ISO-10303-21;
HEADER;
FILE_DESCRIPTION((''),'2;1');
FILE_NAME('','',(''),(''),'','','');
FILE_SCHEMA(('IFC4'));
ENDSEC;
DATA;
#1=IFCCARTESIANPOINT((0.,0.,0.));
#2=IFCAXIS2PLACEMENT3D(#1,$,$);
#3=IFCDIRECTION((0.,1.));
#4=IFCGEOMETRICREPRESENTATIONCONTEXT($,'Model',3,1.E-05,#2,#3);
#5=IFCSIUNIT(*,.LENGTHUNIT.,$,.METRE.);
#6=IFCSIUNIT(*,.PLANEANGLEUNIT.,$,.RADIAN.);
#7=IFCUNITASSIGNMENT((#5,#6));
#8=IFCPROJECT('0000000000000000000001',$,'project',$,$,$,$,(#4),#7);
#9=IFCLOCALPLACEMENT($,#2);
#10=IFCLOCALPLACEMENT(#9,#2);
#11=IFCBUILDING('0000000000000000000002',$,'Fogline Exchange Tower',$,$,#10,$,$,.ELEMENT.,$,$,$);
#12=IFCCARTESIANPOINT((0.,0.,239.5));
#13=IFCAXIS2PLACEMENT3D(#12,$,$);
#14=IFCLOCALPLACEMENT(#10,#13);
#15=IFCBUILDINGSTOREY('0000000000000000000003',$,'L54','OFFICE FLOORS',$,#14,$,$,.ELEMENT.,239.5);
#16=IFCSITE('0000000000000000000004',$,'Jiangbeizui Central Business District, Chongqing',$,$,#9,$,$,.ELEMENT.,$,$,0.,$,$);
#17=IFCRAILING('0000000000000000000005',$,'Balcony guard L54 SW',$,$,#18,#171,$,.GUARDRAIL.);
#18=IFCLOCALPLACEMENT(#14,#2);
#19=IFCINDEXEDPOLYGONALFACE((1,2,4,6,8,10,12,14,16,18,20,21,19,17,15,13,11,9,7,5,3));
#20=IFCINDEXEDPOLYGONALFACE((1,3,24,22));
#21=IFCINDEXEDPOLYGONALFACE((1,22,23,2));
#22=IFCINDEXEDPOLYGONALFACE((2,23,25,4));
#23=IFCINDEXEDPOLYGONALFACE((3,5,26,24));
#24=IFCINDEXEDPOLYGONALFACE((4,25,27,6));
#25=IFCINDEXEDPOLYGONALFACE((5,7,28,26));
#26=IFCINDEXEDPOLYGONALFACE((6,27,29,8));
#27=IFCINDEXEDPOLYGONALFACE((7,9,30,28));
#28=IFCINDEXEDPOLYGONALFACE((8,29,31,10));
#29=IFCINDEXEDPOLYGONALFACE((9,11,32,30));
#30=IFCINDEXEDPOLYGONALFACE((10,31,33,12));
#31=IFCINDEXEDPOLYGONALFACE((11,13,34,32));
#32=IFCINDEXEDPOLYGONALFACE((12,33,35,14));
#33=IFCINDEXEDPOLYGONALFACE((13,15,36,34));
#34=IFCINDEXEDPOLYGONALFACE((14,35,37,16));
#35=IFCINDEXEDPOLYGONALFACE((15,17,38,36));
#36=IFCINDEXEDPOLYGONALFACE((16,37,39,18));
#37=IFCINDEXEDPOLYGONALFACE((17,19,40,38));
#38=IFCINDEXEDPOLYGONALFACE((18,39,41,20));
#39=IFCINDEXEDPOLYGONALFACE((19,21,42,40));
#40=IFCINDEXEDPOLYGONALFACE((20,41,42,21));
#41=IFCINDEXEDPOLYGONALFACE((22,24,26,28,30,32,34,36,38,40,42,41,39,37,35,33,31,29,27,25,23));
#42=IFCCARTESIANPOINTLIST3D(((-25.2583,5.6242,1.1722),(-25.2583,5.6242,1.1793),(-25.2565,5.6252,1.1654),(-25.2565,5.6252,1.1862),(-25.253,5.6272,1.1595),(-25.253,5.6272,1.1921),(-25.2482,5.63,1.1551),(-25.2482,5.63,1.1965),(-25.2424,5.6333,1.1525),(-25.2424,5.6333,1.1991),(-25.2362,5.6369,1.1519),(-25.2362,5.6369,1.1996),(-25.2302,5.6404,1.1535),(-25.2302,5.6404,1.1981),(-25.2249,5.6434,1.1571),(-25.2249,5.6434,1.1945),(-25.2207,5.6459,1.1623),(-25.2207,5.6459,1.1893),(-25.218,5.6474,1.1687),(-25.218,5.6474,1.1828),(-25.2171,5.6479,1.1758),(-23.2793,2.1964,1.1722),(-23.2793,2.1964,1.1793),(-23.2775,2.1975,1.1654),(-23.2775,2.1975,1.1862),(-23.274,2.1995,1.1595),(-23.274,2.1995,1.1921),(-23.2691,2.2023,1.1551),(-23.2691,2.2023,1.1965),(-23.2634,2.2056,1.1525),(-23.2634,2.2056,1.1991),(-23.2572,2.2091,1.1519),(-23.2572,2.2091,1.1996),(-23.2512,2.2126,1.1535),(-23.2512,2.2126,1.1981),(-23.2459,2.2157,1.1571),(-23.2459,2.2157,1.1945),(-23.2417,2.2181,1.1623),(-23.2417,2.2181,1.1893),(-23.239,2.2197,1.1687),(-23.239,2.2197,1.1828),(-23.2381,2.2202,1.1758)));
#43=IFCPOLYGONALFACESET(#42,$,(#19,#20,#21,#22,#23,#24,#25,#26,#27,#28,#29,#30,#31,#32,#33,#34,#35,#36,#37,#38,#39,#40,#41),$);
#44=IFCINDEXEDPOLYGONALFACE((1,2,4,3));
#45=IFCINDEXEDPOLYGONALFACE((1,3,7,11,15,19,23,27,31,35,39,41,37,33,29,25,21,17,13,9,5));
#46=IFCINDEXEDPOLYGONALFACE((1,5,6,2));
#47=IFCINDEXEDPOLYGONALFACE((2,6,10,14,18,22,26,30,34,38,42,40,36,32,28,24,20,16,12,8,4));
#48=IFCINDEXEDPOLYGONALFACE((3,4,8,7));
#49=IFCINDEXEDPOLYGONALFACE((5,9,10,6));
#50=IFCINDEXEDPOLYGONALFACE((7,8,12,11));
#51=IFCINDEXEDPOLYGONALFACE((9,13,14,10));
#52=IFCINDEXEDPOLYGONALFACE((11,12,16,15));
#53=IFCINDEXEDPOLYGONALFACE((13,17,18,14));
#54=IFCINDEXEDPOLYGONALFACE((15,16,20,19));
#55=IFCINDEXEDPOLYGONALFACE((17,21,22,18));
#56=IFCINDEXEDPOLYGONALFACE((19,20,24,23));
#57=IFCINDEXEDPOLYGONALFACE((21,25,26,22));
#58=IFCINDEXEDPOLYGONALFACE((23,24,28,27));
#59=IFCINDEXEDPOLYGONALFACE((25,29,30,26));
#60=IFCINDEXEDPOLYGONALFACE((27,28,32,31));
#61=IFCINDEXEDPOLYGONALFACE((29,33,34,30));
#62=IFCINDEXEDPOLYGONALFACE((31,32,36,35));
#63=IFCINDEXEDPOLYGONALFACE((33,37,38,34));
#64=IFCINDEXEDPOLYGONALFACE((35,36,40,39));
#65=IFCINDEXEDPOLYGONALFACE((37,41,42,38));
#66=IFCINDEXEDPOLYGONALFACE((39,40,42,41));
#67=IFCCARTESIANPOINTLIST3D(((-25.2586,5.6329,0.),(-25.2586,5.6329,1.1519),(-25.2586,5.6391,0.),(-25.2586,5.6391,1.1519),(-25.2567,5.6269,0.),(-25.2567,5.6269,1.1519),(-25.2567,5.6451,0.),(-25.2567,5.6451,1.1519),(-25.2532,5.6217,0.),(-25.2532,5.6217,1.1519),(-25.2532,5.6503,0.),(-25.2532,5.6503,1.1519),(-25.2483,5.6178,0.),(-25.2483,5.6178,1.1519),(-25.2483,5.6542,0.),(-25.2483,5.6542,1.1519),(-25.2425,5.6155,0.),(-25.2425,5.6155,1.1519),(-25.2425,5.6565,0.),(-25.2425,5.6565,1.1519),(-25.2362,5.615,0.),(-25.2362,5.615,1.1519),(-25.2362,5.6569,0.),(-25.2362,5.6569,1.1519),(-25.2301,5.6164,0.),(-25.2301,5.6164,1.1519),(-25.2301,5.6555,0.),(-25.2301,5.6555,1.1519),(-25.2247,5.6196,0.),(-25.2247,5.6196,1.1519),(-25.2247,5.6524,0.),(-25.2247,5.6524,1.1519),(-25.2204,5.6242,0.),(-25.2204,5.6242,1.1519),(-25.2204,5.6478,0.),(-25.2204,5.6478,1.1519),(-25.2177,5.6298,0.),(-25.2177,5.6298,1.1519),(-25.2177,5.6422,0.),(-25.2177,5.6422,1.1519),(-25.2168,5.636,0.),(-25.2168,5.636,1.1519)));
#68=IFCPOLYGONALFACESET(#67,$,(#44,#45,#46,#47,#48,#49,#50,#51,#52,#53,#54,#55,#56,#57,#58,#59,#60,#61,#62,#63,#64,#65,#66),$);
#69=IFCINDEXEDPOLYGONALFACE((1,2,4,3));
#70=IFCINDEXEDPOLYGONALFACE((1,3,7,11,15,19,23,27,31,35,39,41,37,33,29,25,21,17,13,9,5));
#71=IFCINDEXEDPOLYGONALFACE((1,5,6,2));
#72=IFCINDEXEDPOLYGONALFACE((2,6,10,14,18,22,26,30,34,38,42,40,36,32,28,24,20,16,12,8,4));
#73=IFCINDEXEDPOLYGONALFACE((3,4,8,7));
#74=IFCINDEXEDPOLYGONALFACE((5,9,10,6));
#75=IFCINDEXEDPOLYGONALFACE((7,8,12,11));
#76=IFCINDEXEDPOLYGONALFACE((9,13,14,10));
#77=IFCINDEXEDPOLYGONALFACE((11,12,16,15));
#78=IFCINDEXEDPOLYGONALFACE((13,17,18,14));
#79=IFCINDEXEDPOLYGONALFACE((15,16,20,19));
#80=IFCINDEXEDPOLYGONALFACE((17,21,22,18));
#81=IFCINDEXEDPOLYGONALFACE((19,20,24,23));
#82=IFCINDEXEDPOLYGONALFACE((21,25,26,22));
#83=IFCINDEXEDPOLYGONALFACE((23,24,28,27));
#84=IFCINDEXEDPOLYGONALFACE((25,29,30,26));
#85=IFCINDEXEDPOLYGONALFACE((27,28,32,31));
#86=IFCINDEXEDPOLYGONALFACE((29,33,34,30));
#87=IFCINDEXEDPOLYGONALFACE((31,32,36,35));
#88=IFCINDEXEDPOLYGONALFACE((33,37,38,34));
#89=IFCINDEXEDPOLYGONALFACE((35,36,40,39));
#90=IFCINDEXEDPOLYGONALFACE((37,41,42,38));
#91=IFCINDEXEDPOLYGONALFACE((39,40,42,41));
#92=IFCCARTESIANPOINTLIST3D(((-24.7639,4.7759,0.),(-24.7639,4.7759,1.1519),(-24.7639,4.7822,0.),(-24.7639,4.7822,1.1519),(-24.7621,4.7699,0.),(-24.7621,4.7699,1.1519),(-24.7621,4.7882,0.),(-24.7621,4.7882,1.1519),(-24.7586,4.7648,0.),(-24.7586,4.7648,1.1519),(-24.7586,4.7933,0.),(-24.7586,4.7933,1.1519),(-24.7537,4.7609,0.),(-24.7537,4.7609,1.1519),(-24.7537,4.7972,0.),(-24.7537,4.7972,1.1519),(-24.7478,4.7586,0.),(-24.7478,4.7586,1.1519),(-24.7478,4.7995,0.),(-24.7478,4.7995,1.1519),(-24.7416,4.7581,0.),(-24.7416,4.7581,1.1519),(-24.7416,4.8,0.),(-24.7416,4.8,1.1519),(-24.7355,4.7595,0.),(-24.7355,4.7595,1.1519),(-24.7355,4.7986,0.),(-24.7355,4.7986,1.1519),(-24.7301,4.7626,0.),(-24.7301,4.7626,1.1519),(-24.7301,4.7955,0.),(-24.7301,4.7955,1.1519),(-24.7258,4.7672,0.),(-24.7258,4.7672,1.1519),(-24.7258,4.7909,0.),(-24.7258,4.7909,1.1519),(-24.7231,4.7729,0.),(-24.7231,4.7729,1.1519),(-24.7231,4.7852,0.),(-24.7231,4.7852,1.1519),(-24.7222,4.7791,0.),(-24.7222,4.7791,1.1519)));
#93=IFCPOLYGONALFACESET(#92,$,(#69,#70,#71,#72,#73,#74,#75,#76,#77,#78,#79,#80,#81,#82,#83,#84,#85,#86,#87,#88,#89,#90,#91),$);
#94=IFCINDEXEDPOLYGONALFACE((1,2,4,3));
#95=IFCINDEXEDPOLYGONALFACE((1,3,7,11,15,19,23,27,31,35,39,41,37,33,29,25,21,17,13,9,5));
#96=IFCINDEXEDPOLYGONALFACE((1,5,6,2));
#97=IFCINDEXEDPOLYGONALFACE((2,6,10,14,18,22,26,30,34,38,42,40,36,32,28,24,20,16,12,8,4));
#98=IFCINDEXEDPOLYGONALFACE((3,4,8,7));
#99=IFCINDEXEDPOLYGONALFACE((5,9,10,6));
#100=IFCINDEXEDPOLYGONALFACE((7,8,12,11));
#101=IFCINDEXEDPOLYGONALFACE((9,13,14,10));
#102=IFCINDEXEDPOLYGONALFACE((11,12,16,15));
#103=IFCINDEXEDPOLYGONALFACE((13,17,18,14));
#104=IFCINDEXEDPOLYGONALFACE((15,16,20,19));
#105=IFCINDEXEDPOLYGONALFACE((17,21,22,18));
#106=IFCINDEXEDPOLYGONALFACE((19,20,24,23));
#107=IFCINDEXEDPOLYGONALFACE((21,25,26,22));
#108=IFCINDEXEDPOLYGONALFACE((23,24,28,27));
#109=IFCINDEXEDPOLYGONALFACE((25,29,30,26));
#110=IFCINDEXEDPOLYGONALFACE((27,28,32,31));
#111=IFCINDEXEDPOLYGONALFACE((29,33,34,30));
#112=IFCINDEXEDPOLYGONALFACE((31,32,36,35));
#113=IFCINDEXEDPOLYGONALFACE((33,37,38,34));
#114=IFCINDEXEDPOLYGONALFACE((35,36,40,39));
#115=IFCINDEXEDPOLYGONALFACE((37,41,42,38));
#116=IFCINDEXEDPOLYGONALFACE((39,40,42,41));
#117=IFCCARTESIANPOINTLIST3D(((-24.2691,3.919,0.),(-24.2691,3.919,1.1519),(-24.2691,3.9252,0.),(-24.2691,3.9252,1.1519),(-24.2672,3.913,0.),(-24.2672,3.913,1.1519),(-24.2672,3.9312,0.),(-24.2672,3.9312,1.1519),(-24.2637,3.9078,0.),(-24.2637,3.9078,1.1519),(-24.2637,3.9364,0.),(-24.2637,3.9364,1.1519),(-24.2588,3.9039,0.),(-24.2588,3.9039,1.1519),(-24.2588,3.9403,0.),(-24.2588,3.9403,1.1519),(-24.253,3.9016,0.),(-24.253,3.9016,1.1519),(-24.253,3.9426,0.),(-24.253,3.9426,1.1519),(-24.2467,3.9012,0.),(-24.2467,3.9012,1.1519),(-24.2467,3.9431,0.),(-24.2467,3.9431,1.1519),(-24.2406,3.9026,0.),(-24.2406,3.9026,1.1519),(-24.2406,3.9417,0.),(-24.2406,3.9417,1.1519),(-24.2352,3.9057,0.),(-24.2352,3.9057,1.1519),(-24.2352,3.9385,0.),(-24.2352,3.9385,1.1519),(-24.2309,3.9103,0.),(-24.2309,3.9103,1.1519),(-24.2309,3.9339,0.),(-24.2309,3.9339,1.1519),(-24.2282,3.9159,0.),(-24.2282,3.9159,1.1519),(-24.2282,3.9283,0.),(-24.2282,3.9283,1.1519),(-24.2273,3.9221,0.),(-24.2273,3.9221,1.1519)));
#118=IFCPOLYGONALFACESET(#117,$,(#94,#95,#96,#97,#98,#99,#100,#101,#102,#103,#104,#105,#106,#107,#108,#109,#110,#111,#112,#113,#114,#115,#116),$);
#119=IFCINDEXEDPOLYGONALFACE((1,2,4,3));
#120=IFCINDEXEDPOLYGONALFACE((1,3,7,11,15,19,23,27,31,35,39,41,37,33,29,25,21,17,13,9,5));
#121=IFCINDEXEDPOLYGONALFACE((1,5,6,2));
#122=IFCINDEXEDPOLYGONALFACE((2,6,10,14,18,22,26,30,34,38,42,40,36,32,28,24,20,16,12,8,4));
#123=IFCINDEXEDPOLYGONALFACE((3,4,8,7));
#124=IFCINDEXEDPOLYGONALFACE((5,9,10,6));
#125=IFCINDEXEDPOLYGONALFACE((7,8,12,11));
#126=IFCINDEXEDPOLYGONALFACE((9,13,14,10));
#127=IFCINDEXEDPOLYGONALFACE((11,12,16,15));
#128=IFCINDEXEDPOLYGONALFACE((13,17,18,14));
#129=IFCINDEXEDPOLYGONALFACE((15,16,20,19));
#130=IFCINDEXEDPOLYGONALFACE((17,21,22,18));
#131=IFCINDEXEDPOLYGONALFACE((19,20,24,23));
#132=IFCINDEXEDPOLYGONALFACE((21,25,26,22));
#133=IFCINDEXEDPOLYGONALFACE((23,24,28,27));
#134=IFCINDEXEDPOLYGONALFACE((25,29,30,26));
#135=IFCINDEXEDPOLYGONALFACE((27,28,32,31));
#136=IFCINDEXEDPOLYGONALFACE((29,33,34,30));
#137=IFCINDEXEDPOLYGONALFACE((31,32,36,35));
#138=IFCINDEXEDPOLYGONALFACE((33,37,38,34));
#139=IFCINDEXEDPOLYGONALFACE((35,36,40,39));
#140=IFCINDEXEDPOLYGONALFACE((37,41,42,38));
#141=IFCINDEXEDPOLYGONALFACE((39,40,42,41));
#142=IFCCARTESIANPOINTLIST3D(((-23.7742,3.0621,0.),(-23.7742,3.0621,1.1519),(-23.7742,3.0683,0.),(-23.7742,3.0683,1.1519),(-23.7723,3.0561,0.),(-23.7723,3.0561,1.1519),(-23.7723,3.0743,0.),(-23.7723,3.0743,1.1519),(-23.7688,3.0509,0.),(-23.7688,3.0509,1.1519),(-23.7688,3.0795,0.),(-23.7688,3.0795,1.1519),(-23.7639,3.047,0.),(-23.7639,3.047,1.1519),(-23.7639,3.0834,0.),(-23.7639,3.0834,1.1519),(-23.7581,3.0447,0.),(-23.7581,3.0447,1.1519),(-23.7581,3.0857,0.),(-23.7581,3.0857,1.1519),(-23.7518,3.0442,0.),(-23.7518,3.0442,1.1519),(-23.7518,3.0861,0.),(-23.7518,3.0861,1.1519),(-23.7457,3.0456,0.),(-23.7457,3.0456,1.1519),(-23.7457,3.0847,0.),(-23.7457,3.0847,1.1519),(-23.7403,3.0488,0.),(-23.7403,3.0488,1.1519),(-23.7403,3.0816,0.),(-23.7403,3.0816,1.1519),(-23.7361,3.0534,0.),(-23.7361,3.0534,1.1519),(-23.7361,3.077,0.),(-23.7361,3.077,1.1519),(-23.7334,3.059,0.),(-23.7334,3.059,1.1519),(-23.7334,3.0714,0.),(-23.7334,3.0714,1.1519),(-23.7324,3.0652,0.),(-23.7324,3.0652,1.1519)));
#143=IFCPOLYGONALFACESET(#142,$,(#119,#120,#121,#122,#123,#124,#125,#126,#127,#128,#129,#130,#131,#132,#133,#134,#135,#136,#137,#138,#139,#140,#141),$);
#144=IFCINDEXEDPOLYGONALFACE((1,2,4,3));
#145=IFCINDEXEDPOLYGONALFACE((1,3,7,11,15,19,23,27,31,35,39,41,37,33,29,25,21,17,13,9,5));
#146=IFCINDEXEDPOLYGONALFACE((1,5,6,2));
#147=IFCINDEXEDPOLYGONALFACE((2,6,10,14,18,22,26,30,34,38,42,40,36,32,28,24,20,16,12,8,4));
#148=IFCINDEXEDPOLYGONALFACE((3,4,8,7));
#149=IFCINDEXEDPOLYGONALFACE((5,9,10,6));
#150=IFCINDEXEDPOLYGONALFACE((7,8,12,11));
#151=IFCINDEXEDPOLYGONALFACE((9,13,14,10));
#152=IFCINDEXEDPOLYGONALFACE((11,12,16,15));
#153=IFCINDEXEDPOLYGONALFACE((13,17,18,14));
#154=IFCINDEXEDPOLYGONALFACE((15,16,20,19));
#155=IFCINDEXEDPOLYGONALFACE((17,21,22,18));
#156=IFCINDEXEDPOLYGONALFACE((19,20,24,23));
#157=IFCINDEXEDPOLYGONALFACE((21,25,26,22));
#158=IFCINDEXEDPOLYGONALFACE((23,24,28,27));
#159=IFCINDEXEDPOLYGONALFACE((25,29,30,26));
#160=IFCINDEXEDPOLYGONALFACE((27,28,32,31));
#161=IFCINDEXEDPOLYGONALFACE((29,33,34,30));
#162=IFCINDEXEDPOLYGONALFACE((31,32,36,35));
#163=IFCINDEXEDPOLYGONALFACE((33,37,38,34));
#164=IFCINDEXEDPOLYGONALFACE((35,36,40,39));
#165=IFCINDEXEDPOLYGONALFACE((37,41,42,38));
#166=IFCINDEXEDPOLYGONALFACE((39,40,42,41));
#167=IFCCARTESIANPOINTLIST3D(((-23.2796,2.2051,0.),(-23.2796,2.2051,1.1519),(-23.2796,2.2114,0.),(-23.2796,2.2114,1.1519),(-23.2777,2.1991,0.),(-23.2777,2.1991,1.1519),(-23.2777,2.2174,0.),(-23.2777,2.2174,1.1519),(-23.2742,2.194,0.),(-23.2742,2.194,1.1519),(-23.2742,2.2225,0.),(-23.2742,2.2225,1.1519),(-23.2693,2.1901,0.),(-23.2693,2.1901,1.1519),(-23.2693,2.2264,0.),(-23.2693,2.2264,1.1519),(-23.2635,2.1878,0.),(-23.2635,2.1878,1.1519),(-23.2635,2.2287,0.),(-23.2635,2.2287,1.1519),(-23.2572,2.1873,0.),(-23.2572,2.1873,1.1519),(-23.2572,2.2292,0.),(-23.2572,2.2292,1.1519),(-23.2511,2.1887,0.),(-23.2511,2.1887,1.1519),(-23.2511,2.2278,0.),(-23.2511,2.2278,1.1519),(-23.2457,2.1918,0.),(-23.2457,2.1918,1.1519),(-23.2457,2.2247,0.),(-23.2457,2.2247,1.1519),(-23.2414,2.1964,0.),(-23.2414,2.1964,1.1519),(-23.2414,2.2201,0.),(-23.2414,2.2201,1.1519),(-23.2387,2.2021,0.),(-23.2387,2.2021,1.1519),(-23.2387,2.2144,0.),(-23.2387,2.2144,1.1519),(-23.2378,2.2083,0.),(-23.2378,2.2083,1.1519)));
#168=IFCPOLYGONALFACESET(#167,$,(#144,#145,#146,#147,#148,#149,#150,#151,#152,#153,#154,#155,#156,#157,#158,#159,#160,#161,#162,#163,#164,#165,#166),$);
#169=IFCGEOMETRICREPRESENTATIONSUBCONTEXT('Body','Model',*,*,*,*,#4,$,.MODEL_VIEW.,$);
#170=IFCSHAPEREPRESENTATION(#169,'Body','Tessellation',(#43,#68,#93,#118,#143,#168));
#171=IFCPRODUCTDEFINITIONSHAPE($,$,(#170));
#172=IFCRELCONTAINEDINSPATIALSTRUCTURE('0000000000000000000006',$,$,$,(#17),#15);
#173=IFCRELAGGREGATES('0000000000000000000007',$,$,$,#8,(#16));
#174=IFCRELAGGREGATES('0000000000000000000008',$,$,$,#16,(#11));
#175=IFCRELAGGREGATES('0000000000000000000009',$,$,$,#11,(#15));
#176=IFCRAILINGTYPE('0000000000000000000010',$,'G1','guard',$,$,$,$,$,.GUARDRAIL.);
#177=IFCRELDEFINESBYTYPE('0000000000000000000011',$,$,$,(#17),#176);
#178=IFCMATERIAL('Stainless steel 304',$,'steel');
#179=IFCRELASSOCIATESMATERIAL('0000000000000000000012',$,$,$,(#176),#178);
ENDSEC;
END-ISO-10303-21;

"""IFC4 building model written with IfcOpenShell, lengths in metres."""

from ifc_helpers import new_model, si_unit, direction, frame, origin, origin_2d, place, context, subcontext, project, spatial, circle, extrude, material, type_object, element, save


model = new_model("IFC4")

# Units and contexts
model_context = context("Model", 3, precision=1e-05, world=origin(), true_north=direction((0.0, 1.0)))
body_context = subcontext(model_context, "Body", "Model", "MODEL_VIEW")
ifc_project = project(units=[si_unit("LENGTHUNIT", "METRE"), si_unit("PLANEANGLEUNIT", "RADIAN")], contexts=[model_context])

# Site, building, storey
site_placement = place(None, origin())
site = spatial("IfcSite", under=ifc_project, at=site_placement, Name="Jiangbeizui Central Business District, Chongqing", CompositionType="ELEMENT", RefElevation=0.0)
building_placement = place(site_placement, origin())
building = spatial("IfcBuilding", under=site, at=building_placement, Name="Fogline Exchange Tower", CompositionType="ELEMENT")
storey_placement = place(building_placement, frame((0.0, 0.0, 239.5)))
storey = spatial("IfcBuildingStorey", under=building, at=storey_placement, Name="L54", Description="OFFICE FLOORS", CompositionType="ELEMENT", Elevation=239.5)

# Railing
ifc_material_1 = material(Name="Stainless steel 304", Category="steel")
railing_type = type_object("IfcRailingType", Name="G1", Description="guard", PredefinedType="GUARDRAIL", material=ifc_material_1)
railing_placement = place(storey_placement, frame((-25.2378, 5.636, 0.0)))
element("IfcRailing", 1, at=railing_placement, inside=storey, type_object=railing_type, Name="Balcony guard L54 SW", PredefinedType="GUARDRAIL", context=body_context, shape_type="SweptSolid", body=[
    extrude(circle(Radius=0.0239, at=origin_2d()), frame((0.0, 0.0, 1.1758), z_axis=(0.5, -0.866025, 0.0), x_axis=(0.866025, 0.5, 0.0)), (0.0, 0.0, 1.0), 3.958),
    extrude(circle(Radius=0.021, at=origin_2d()), origin(), (0.0, 0.0, 1.0), 1.1519),
    extrude(circle(Radius=0.021, at=origin_2d()), frame((0.4946, -0.8569, 0.0)), (0.0, 0.0, 1.0), 1.1519),
    extrude(circle(Radius=0.021, at=origin_2d()), frame((0.9895, -1.7139, 0.0)), (0.0, 0.0, 1.0), 1.1519),
    extrude(circle(Radius=0.021, at=origin_2d()), frame((1.4844, -2.5708, 0.0)), (0.0, 0.0, 1.0), 1.1519),
    extrude(circle(Radius=0.021, at=origin_2d()), frame((1.979, -3.4277, 0.0)), (0.0, 0.0, 1.0), 1.1519),
])

save(model, "model.ifc")
